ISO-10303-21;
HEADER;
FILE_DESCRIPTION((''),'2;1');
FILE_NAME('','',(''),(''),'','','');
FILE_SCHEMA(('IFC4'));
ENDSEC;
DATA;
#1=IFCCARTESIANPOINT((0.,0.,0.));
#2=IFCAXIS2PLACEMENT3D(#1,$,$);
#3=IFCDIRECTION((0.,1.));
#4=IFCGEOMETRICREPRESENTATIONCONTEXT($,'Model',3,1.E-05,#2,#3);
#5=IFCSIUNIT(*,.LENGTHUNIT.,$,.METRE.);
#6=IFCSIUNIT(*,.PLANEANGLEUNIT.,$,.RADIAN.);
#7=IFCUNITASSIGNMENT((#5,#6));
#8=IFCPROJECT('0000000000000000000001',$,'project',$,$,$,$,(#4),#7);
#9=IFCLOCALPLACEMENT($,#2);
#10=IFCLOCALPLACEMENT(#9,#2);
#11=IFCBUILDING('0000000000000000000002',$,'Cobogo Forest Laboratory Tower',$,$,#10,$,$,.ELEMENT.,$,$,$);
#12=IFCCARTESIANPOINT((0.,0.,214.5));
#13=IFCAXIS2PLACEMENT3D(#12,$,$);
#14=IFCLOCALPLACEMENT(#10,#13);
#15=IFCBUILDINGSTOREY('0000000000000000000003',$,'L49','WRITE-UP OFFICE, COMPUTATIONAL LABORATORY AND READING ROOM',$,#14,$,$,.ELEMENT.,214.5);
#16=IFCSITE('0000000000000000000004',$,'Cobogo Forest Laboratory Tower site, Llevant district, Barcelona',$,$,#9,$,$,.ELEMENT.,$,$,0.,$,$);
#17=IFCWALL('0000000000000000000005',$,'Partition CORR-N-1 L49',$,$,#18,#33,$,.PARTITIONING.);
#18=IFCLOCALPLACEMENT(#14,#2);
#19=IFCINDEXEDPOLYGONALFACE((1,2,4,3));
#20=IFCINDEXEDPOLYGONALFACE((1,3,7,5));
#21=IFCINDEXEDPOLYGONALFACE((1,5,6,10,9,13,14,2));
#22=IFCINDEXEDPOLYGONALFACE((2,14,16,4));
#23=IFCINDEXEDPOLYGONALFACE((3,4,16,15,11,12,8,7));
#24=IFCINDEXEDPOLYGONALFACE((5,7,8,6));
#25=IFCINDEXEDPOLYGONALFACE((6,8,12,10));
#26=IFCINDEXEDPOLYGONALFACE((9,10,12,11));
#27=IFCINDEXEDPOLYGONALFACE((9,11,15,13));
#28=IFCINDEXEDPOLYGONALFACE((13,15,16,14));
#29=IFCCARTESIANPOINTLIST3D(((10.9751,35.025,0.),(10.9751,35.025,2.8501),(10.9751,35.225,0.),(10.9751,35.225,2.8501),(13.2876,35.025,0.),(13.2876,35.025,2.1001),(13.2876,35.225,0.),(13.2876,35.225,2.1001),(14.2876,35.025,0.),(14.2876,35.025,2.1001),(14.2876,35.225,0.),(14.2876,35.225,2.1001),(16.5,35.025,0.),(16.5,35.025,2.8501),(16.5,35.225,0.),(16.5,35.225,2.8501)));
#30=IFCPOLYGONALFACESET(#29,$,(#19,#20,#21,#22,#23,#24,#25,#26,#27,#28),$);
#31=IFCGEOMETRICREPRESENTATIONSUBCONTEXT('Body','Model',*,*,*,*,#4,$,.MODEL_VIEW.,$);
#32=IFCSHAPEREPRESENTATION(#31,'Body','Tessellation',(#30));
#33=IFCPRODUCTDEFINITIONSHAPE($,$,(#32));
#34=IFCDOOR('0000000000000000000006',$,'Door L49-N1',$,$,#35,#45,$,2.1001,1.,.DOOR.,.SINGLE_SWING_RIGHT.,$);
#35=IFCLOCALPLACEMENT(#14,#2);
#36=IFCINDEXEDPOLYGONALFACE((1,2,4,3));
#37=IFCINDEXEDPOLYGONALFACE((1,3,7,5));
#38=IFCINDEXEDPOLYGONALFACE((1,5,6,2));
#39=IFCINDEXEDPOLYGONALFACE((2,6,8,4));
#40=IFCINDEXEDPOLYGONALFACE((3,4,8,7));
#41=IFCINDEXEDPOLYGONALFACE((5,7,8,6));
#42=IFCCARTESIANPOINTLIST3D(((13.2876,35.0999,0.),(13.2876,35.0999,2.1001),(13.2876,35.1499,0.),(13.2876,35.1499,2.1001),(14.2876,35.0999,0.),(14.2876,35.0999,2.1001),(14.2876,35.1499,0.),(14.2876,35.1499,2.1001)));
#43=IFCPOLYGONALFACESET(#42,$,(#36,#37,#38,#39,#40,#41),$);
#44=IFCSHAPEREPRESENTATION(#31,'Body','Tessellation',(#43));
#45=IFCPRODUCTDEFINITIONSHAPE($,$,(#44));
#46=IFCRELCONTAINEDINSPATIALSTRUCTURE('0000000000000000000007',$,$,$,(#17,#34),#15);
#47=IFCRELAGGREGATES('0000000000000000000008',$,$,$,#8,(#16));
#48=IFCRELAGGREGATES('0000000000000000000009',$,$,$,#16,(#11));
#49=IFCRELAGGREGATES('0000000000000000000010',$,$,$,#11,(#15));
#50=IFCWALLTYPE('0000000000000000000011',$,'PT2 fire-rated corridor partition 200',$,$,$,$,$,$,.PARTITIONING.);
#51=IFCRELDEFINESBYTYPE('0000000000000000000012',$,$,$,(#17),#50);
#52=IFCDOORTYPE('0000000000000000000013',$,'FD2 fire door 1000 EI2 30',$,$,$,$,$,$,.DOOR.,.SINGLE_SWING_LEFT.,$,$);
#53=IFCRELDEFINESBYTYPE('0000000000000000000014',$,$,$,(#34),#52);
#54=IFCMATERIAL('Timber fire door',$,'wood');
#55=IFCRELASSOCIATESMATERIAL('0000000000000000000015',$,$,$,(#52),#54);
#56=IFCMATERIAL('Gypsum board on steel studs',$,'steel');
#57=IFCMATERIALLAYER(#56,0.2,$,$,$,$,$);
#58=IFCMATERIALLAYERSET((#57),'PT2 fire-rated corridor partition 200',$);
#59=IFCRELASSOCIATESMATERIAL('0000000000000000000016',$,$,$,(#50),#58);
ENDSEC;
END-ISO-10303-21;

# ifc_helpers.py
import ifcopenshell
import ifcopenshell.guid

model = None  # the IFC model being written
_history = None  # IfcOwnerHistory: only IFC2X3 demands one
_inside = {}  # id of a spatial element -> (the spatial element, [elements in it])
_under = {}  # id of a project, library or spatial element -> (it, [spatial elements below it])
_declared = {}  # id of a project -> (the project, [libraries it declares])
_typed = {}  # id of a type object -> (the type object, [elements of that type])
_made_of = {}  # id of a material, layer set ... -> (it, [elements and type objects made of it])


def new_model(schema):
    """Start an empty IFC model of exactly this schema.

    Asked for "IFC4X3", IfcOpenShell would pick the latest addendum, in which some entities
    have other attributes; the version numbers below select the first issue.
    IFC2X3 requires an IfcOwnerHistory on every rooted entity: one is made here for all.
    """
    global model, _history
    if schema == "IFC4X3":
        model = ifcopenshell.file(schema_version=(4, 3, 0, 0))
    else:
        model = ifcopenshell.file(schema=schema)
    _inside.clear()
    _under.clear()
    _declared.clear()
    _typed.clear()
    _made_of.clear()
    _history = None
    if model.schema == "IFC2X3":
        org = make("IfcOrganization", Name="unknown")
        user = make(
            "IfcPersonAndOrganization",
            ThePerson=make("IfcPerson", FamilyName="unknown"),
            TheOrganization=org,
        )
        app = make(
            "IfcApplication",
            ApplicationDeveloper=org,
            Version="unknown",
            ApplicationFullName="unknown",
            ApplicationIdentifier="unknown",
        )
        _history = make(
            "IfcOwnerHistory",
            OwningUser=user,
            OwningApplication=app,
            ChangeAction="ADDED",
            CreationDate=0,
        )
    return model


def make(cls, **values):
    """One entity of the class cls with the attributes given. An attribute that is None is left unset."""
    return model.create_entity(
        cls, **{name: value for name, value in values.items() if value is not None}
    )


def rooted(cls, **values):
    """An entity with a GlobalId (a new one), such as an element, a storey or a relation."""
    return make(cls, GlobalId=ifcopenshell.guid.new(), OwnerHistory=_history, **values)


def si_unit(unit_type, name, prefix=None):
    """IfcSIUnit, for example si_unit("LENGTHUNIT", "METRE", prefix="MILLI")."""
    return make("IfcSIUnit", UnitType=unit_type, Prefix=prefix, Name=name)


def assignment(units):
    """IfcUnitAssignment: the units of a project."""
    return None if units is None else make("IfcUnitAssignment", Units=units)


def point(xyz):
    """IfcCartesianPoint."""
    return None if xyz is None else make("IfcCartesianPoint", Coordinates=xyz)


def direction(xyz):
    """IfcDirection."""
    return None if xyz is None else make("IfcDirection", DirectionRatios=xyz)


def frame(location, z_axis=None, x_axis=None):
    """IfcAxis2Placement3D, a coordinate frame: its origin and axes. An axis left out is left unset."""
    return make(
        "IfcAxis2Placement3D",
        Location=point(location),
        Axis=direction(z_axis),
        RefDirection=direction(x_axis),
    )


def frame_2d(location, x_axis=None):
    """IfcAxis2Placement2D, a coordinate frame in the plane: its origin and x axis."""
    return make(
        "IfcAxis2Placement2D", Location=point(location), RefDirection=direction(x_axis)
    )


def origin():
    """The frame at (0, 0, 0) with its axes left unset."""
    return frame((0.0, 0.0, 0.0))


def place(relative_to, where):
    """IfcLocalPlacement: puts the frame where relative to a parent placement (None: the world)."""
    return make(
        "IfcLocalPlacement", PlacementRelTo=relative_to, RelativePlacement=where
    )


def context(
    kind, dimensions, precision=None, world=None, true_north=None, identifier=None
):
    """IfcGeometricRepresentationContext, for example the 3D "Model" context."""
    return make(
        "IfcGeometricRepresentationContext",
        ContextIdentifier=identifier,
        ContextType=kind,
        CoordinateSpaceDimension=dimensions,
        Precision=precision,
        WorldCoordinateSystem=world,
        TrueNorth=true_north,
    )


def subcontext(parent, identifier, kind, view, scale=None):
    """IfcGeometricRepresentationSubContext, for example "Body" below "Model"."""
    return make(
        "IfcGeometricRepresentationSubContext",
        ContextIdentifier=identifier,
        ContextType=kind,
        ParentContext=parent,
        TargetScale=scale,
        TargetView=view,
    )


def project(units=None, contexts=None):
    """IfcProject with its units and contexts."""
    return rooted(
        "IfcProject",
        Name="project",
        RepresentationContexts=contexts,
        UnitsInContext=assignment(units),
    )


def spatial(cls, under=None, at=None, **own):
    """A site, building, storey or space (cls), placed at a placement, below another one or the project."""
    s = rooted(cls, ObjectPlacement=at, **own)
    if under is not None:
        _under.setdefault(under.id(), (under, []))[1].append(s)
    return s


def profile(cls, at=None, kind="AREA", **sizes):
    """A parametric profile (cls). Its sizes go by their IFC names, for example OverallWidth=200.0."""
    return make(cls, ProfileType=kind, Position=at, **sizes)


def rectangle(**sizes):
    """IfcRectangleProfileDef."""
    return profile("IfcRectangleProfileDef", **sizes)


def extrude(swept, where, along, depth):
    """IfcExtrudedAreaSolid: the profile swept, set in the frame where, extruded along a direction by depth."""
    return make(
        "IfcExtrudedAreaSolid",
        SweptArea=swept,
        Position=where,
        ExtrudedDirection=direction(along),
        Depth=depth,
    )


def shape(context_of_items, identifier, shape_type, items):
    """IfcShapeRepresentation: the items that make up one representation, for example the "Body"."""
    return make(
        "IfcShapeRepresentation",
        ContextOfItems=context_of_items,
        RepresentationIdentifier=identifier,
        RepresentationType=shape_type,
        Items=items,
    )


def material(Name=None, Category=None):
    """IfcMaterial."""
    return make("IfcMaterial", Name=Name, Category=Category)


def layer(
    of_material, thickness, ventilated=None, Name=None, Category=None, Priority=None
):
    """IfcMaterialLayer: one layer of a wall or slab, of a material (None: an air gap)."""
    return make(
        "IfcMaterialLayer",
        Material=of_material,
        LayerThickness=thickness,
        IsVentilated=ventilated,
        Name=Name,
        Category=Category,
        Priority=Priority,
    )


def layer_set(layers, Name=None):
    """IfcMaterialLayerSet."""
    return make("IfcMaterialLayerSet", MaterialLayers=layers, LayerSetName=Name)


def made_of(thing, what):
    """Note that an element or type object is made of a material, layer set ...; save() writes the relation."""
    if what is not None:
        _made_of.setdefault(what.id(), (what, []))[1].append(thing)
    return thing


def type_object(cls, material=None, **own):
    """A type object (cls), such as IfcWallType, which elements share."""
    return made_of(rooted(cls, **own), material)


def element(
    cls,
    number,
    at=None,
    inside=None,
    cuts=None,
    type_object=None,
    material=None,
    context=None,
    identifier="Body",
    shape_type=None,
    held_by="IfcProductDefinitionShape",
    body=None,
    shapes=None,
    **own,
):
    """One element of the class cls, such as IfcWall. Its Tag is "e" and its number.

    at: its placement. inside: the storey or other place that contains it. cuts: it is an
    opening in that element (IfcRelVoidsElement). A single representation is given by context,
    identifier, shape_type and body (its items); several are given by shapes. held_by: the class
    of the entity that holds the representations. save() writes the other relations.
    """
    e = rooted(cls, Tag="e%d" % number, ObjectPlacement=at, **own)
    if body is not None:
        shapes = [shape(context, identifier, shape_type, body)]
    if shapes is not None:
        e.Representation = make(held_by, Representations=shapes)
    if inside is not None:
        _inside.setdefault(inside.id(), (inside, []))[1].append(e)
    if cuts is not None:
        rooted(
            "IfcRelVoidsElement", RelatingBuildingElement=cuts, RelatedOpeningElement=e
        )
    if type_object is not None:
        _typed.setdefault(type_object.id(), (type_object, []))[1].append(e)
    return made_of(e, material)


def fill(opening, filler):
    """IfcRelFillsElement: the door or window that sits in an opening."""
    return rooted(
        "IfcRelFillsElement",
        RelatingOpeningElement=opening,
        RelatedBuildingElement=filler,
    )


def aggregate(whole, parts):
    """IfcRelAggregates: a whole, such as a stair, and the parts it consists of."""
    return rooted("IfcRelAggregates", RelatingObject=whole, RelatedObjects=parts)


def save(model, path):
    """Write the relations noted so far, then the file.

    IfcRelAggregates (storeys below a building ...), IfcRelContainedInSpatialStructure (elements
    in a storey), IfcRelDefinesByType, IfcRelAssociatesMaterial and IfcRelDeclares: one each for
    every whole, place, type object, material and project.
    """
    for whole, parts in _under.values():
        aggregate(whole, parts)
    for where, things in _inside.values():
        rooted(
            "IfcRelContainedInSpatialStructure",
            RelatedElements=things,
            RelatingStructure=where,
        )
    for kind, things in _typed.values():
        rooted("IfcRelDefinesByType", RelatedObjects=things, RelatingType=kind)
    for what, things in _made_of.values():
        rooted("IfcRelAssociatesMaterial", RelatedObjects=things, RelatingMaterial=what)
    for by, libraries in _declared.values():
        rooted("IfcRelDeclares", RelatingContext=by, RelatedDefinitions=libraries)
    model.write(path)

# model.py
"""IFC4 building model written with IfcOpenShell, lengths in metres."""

from ifc_helpers import new_model, si_unit, direction, frame, frame_2d, origin, place, context, subcontext, project, spatial, rectangle, extrude, material, layer, layer_set, type_object, element, fill, save


model = new_model("IFC4")

# Units and contexts
model_context = context("Model", 3, precision=1e-05, world=origin(), true_north=direction((0.0, 1.0)))
body_context = subcontext(model_context, "Body", "Model", "MODEL_VIEW")
ifc_project = project(units=[si_unit("LENGTHUNIT", "METRE"), si_unit("PLANEANGLEUNIT", "RADIAN")], contexts=[model_context])

# Site, building, storey
site_placement = place(None, origin())
site = spatial("IfcSite", under=ifc_project, at=site_placement, Name="Cobogo Forest Laboratory Tower site, Llevant district, Barcelona", CompositionType="ELEMENT", RefElevation=0.0)
building_placement = place(site_placement, origin())
building = spatial("IfcBuilding", under=site, at=building_placement, Name="Cobogo Forest Laboratory Tower", CompositionType="ELEMENT")
storey_placement = place(building_placement, frame((0.0, 0.0, 214.5)))
storey = spatial("IfcBuildingStorey", under=building, at=storey_placement, Name="L49", Description="WRITE-UP OFFICE, COMPUTATIONAL LABORATORY AND READING ROOM", CompositionType="ELEMENT", Elevation=214.5)

# Shared definitions
ifc_material_1 = material(Name="Gypsum board on steel studs", Category="steel")
ifc_material_2 = material(Name="Timber fire door", Category="wood")
door_type = type_object("IfcDoorType", Name="FD2 fire door 1000 EI2 30", OperationType="SINGLE_SWING_LEFT", PredefinedType="DOOR", material=ifc_material_2)

# Wall, opening, door
ifc_layer_1 = layer(ifc_material_1, 0.2)
ifc_layer_set_1 = layer_set([ifc_layer_1], Name="PT2 fire-rated corridor partition 200")
wall_type_1 = type_object("IfcWallType", Name="PT2 fire-rated corridor partition 200", PredefinedType="PARTITIONING", material=ifc_layer_set_1)
wall_1_placement = place(storey_placement, frame((10.9751, 35.125, 0.0), z_axis=(0.0, 0.0, 1.0), x_axis=(1.0, 0.0, 0.0)))
wall_1 = element("IfcWall", 1, at=wall_1_placement, inside=storey, type_object=wall_type_1, Name="Partition CORR-N-1 L49", PredefinedType="PARTITIONING", context=body_context, shape_type="SweptSolid", body=[
    extrude(rectangle(XDim=5.5249, YDim=0.2, at=frame_2d((2.7625, 0.0))), origin(), (0.0, 0.0, 1.0), 2.8501),
])
opening_1_placement = place(wall_1_placement, frame((2.3125, 0.0, 0.0)))
opening_1 = element("IfcOpeningElement", 2, at=opening_1_placement, cuts=wall_1, PredefinedType="OPENING", context=body_context, shape_type="SweptSolid", body=[
    extrude(rectangle(XDim=1.0, YDim=2.1001, at=frame_2d((0.5, 1.05))), frame((0.0, 0.1099, 0.0), z_axis=(0.0, -1.0, 0.0), x_axis=(1.0, 0.0, 0.0)), (0.0, 0.0, 1.0), 0.22),
])
door_1_placement = place(opening_1_placement, origin())
door_1 = element("IfcDoor", 3, at=door_1_placement, inside=storey, type_object=door_type, Name="Door L49-N1", OperationType="SINGLE_SWING_RIGHT", OverallHeight=2.1001, OverallWidth=1.0, PredefinedType="DOOR", context=body_context, shape_type="SweptSolid", body=[
    extrude(rectangle(XDim=1.0, YDim=2.1001, at=frame_2d((0.5, 1.05))), frame((0.0, 0.0249, 0.0), z_axis=(0.0, -1.0, 0.0), x_axis=(1.0, 0.0, 0.0)), (0.0, 0.0, 1.0), 0.05),
])
fill(opening_1, door_1)

save(model, "model.ifc")
